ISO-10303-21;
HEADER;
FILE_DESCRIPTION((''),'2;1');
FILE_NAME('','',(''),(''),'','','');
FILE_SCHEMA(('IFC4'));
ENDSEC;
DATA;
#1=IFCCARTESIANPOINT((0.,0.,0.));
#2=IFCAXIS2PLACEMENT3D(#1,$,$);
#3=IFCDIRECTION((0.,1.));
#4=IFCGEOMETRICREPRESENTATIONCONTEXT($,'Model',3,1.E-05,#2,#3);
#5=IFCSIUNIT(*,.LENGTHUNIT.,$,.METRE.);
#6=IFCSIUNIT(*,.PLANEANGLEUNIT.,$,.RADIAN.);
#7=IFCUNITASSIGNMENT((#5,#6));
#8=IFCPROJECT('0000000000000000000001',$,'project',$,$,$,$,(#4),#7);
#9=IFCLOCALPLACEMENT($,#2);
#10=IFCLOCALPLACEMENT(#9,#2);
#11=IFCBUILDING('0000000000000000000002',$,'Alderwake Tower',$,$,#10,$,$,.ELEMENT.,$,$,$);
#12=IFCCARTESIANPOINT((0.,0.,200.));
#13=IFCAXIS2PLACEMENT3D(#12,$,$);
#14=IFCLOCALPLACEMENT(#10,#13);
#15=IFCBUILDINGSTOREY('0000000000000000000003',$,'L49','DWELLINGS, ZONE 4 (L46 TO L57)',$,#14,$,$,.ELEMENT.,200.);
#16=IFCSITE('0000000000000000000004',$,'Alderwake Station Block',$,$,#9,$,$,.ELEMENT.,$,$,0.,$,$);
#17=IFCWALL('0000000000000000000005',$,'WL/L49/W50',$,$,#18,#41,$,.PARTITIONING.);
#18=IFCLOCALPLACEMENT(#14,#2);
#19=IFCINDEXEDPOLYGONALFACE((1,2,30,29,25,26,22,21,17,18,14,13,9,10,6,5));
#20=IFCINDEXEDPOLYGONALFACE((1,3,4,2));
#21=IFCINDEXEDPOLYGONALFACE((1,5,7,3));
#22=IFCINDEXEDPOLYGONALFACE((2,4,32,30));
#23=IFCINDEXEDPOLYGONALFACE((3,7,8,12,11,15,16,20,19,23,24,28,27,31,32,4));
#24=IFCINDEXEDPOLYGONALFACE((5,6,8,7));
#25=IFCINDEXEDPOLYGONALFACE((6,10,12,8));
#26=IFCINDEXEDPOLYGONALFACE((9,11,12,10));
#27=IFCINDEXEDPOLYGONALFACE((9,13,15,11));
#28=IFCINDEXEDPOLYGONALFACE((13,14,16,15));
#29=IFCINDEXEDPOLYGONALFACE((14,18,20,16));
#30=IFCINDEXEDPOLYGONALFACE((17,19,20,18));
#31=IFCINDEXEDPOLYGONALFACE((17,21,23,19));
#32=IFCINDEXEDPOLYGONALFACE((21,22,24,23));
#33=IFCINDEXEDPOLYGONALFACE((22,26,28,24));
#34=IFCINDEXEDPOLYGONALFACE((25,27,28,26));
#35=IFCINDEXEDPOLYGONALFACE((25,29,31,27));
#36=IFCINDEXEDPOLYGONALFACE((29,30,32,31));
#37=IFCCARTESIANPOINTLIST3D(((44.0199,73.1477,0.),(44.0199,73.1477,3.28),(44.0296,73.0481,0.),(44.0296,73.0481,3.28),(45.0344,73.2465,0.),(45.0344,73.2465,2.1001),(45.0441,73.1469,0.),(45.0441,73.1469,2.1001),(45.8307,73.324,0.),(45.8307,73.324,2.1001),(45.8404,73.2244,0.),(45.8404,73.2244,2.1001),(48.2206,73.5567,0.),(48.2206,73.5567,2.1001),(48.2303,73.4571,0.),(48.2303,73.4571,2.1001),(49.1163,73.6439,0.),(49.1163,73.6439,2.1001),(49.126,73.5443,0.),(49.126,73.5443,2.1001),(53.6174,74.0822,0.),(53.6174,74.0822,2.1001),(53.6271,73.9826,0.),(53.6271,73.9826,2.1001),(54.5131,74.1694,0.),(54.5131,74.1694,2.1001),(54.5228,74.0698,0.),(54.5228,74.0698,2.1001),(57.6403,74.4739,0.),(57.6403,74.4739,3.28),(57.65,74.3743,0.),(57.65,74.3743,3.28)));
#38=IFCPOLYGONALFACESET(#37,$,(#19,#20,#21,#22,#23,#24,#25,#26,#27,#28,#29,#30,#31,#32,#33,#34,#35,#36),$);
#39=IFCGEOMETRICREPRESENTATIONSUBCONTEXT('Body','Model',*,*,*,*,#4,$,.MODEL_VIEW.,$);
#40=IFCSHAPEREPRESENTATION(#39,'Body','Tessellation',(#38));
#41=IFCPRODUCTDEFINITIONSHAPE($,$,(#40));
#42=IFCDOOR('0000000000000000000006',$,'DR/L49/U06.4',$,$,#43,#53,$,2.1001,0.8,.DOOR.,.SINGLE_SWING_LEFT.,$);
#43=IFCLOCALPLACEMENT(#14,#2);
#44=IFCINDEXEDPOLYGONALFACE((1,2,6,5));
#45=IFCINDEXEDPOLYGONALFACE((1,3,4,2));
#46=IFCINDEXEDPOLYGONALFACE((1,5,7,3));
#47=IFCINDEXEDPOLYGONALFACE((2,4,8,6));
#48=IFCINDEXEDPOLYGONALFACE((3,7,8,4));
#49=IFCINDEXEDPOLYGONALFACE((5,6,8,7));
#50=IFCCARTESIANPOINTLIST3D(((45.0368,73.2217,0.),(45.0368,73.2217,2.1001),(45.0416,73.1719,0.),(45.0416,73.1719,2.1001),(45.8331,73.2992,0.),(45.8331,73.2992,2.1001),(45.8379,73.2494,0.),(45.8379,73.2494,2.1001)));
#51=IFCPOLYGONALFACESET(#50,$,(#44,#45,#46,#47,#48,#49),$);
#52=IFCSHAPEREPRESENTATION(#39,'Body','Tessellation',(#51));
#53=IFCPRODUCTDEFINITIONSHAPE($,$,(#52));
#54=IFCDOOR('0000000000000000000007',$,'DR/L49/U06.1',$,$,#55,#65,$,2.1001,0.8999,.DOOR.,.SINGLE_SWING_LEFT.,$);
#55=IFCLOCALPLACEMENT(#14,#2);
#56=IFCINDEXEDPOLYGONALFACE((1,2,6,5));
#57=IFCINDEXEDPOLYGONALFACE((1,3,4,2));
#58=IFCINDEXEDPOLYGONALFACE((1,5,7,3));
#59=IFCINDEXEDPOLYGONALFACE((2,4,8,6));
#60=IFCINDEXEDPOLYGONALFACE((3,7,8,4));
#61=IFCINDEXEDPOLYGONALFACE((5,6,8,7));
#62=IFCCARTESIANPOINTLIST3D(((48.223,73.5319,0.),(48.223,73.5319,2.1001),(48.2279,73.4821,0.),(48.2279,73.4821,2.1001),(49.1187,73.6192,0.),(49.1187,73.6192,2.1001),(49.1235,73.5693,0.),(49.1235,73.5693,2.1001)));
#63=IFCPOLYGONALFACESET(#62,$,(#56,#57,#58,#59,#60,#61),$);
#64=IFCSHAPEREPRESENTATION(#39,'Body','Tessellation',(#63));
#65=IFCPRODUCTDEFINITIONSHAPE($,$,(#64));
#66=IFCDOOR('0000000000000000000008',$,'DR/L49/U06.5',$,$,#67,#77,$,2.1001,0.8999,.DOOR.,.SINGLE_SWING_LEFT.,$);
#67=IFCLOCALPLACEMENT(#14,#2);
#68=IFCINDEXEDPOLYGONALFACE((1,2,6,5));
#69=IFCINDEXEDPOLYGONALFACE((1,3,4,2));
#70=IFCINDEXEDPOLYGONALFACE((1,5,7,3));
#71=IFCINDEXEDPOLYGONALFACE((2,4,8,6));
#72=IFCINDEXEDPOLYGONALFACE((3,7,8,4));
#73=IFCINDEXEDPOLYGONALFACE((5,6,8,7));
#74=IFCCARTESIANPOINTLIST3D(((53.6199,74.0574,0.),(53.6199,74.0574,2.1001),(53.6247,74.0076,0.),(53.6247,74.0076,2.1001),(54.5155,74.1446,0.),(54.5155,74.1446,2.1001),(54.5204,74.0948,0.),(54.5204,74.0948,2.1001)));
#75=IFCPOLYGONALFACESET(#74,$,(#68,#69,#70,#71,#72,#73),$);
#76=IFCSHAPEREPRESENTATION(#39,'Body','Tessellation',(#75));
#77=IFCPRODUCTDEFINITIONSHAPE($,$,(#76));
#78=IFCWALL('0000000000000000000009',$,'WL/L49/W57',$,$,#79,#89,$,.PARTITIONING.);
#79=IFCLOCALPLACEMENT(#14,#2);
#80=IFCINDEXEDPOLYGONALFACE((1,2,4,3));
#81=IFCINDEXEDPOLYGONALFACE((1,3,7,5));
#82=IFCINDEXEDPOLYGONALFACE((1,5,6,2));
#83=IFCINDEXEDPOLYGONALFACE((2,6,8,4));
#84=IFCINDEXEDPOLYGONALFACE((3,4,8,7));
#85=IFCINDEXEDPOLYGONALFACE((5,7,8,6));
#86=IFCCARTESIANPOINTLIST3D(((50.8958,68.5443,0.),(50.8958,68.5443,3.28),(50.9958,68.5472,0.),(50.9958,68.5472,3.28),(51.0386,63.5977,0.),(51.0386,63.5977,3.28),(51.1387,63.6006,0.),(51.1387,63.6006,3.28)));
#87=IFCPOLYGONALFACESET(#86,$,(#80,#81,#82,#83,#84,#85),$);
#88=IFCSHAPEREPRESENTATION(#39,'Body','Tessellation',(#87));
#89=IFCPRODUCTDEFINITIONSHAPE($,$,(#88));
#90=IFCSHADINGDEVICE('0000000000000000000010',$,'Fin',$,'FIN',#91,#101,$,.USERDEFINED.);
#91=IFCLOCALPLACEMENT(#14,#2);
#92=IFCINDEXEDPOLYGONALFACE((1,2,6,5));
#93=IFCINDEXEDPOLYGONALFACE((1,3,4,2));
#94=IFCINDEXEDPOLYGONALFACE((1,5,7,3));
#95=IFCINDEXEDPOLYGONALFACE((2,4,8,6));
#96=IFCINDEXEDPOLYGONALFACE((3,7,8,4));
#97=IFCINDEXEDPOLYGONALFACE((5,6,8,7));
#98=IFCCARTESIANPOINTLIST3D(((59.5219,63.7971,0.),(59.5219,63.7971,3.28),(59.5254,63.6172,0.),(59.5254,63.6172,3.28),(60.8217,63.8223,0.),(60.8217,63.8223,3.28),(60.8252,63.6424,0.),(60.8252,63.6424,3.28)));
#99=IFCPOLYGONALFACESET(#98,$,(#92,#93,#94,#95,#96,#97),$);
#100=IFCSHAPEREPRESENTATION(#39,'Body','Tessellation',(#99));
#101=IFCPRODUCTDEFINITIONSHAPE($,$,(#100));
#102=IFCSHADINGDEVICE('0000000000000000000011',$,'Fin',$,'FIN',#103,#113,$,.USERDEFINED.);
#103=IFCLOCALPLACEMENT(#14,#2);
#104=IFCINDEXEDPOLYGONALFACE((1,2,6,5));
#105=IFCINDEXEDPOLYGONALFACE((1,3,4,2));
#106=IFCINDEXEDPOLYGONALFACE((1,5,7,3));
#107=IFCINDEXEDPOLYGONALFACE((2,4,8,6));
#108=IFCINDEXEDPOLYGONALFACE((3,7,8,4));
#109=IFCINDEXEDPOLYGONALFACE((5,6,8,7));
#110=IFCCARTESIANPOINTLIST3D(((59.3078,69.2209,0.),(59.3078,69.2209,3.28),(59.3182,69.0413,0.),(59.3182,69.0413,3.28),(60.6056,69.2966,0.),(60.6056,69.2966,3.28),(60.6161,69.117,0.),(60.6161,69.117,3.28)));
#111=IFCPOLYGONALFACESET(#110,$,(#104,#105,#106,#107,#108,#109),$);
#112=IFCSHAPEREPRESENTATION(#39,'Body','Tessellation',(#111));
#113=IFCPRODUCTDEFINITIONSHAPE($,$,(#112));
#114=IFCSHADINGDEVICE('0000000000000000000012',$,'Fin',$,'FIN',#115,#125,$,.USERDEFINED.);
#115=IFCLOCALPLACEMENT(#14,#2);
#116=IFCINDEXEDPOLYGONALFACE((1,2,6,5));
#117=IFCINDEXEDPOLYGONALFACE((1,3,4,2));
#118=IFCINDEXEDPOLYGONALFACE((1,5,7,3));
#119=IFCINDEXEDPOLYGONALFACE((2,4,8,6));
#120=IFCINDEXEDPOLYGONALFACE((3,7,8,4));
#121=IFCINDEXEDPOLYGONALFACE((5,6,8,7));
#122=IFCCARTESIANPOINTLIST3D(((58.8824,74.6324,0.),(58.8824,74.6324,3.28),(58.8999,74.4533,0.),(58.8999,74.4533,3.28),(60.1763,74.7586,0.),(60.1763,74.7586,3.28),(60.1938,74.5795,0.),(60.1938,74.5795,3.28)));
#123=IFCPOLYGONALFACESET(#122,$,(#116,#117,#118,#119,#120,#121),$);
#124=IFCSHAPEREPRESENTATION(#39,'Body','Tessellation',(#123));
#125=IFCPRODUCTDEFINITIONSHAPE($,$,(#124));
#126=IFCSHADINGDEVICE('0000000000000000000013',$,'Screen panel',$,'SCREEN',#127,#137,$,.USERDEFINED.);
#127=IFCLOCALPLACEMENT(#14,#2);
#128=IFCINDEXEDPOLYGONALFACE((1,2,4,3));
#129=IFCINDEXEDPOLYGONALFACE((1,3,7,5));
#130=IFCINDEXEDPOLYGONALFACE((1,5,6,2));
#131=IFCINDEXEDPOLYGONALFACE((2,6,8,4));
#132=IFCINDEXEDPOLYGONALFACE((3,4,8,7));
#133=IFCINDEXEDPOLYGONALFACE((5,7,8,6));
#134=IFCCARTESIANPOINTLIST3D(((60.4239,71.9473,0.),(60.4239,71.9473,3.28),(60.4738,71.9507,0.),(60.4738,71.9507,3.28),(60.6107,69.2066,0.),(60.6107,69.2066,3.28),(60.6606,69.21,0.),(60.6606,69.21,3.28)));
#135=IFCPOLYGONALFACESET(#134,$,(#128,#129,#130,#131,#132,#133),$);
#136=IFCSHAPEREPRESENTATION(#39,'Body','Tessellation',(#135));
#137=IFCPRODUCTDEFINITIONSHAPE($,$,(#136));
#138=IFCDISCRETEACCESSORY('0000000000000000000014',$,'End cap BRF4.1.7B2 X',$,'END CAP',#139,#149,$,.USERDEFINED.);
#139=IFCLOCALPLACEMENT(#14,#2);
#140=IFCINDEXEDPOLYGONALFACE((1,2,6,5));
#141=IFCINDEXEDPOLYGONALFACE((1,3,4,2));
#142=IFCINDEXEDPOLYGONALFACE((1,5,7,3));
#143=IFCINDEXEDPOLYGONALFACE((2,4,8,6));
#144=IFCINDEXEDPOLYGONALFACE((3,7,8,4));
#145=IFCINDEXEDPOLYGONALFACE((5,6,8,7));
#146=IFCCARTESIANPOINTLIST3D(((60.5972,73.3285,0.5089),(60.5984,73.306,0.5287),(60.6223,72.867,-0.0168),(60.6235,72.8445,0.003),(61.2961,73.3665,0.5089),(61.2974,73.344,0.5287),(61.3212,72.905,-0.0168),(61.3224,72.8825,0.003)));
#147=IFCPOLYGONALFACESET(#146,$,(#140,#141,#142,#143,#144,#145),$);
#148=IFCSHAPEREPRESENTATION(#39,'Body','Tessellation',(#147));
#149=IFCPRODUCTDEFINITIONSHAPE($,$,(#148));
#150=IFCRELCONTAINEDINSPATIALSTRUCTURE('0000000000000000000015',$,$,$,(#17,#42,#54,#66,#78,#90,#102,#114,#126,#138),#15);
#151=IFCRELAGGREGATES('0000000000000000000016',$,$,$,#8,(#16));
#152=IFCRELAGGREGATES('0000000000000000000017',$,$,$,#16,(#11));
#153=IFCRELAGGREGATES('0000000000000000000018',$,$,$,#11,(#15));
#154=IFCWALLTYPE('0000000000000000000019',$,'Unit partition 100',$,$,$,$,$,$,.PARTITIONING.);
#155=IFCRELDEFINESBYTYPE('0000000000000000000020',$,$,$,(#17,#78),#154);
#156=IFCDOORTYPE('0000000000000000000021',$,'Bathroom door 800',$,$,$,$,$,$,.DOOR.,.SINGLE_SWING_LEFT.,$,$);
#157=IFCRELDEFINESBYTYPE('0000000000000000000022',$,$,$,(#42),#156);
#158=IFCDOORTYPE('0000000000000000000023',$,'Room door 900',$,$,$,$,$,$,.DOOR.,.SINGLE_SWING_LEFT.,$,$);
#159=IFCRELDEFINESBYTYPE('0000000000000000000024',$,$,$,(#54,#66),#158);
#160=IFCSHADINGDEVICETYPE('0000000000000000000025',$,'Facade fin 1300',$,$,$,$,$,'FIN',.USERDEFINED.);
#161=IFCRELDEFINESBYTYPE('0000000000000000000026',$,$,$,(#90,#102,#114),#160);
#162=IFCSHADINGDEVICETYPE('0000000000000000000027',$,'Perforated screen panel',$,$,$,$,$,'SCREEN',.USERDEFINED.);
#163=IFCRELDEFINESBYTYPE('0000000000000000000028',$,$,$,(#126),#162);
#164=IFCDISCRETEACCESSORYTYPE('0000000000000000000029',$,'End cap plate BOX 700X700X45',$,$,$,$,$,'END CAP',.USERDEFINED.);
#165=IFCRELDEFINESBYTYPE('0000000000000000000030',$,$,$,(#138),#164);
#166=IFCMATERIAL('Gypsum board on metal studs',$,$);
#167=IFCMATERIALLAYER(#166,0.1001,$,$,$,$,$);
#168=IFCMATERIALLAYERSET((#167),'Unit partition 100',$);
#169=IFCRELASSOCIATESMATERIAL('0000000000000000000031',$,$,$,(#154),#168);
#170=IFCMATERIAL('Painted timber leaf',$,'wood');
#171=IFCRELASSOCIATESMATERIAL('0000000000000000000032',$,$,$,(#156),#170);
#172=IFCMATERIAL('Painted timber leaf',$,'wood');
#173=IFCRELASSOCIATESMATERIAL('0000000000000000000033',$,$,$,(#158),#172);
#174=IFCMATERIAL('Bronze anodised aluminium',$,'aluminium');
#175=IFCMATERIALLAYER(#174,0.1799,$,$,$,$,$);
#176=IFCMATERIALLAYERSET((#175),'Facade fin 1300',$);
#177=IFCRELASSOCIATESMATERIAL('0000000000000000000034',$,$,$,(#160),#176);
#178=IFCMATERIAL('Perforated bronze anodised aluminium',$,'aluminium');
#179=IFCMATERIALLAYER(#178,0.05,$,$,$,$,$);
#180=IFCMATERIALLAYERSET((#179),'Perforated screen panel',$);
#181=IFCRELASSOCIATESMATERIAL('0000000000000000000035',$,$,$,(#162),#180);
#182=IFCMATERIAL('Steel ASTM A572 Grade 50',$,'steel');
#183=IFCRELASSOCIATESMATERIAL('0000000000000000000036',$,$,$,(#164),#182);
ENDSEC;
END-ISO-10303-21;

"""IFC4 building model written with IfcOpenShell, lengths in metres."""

from ifc_helpers import new_model, si_unit, direction, frame, frame_2d, origin, origin_2d, place, context, subcontext, project, spatial, rectangle, extrude, material, layer, layer_set, material_profile, profile_set, type_object, element, fill, save


model = new_model("IFC4")

# Units and contexts
model_context = context("Model", 3, precision=1e-05, world=origin(), true_north=direction((0.0, 1.0)))
body_context = subcontext(model_context, "Body", "Model", "MODEL_VIEW")
ifc_project = project(units=[si_unit("LENGTHUNIT", "METRE"), si_unit("PLANEANGLEUNIT", "RADIAN")], contexts=[model_context])

# Site, building, storey
site_placement = place(None, origin())
site = spatial("IfcSite", under=ifc_project, at=site_placement, Name="Alderwake Station Block", CompositionType="ELEMENT", RefElevation=0.0)
building_placement = place(site_placement, origin())
building = spatial("IfcBuilding", under=site, at=building_placement, Name="Alderwake Tower", CompositionType="ELEMENT")
storey_placement = place(building_placement, frame((0.0, 0.0, 200.0)))
storey = spatial("IfcBuildingStorey", under=building, at=storey_placement, Name="L49", Description="DWELLINGS, ZONE 4 (L46 TO L57)", CompositionType="ELEMENT", Elevation=200.0)

# Wall, openings, doors
ifc_material_1 = material(Name="Gypsum board on metal studs")
ifc_layer_1 = layer(ifc_material_1, 0.1001)
ifc_layer_set_1 = layer_set([ifc_layer_1], Name="Unit partition 100")
wall_type_1 = type_object("IfcWallType", Name="Unit partition 100", PredefinedType="PARTITIONING", material=ifc_layer_set_1)
wall_1_placement = place(storey_placement, frame((57.645, 74.4241, 0.0), z_axis=(0.0, 0.0, 1.0), x_axis=(-0.995293, -0.096909, 0.0)))
wall_1 = element("IfcWall", 1, at=wall_1_placement, inside=storey, type_object=wall_type_1, Name="WL/L49/W50", PredefinedType="PARTITIONING", context=body_context, shape_type="SweptSolid", body=[
    extrude(rectangle(XDim=13.6848, YDim=0.1001, at=frame_2d((6.8423, 0.0))), origin(), (0.0, 0.0, 1.0), 3.28),
])
opening_1_placement = place(wall_1_placement, frame((8.5642, 0.0, 0.0)))
opening_1 = element("IfcOpeningElement", 2, at=opening_1_placement, cuts=wall_1, PredefinedType="OPENING", context=body_context, shape_type="SweptSolid", body=[
    extrude(rectangle(XDim=0.8999, YDim=2.1001, at=frame_2d((0.45, 1.05))), frame((0.0, 0.0601, 0.0), z_axis=(0.0, -1.0, 0.0), x_axis=(1.0, 0.0, 0.0)), (0.0, 0.0, 1.0), 0.1201),
])
opening_2_placement = place(wall_1_placement, frame((11.8655, 0.0, 0.0)))
opening_2 = element("IfcOpeningElement", 3, at=opening_2_placement, cuts=wall_1, PredefinedType="OPENING", context=body_context, shape_type="SweptSolid", body=[
    extrude(rectangle(XDim=0.8, YDim=2.1001, at=frame_2d((0.3999, 1.05))), frame((0.0, 0.0601, 0.0), z_axis=(0.0, -1.0, 0.0), x_axis=(1.0, 0.0, 0.0)), (0.0, 0.0, 1.0), 0.1201),
])
opening_3_placement = place(wall_1_placement, frame((3.1418, 0.0, 0.0)))
opening_3 = element("IfcOpeningElement", 4, at=opening_3_placement, cuts=wall_1, PredefinedType="OPENING", context=body_context, shape_type="SweptSolid", body=[
    extrude(rectangle(XDim=0.8999, YDim=2.1001, at=frame_2d((0.45, 1.05))), frame((0.0, 0.0601, 0.0), z_axis=(0.0, -1.0, 0.0), x_axis=(1.0, 0.0, 0.0)), (0.0, 0.0, 1.0), 0.1201),
])
ifc_material_2 = material(Name="Painted timber leaf", Category="wood")
door_type_1 = type_object("IfcDoorType", Name="Bathroom door 800", OperationType="SINGLE_SWING_LEFT", PredefinedType="DOOR", material=ifc_material_2)
door_1_placement = place(opening_2_placement, origin())
door_1 = element("IfcDoor", 5, at=door_1_placement, inside=storey, type_object=door_type_1, Name="DR/L49/U06.4", OperationType="SINGLE_SWING_LEFT", OverallHeight=2.1001, OverallWidth=0.8, PredefinedType="DOOR", context=body_context, shape_type="SweptSolid", body=[
    extrude(rectangle(XDim=0.8, YDim=2.1001, at=frame_2d((0.3999, 1.05))), frame((0.0, 0.0249, 0.0), z_axis=(0.0, -1.0, 0.0), x_axis=(1.0, 0.0, 0.0)), (0.0, 0.0, 1.0), 0.05),
])
fill(opening_2, door_1)
ifc_material_3 = material(Name="Painted timber leaf", Category="wood")
door_type_2 = type_object("IfcDoorType", Name="Room door 900", OperationType="SINGLE_SWING_LEFT", PredefinedType="DOOR", material=ifc_material_3)
door_2_placement = place(opening_1_placement, origin())
door_2 = element("IfcDoor", 6, at=door_2_placement, inside=storey, type_object=door_type_2, Name="DR/L49/U06.1", OperationType="SINGLE_SWING_LEFT", OverallHeight=2.1001, OverallWidth=0.8999, PredefinedType="DOOR", context=body_context, shape_type="SweptSolid", body=[
    extrude(rectangle(XDim=0.8999, YDim=2.1001, at=frame_2d((0.45, 1.05))), frame((0.0, 0.0249, 0.0), z_axis=(0.0, -1.0, 0.0), x_axis=(1.0, 0.0, 0.0)), (0.0, 0.0, 1.0), 0.05),
])
fill(opening_1, door_2)
door_3_placement = place(opening_3_placement, origin())
door_3 = element("IfcDoor", 7, at=door_3_placement, inside=storey, type_object=door_type_2, Name="DR/L49/U06.5", OperationType="SINGLE_SWING_LEFT", OverallHeight=2.1001, OverallWidth=0.8999, PredefinedType="DOOR", context=body_context, shape_type="SweptSolid", body=[
    extrude(rectangle(XDim=0.8999, YDim=2.1001, at=frame_2d((0.45, 1.05))), frame((0.0, 0.0249, 0.0), z_axis=(0.0, -1.0, 0.0), x_axis=(1.0, 0.0, 0.0)), (0.0, 0.0, 1.0), 0.05),
])
fill(opening_3, door_3)

# Wall
wall_2_placement = place(storey_placement, frame((51.0886, 63.5991, 0.0), z_axis=(0.0, 0.0, 1.0), x_axis=(-0.02886, 0.999583, 0.0)))
element("IfcWall", 8, at=wall_2_placement, inside=storey, type_object=wall_type_1, Name="WL/L49/W57", PredefinedType="PARTITIONING", context=body_context, shape_type="SweptSolid", body=[
    extrude(rectangle(XDim=4.9487, YDim=0.1001, at=frame_2d((2.4744, 0.0))), origin(), (0.0, 0.0, 1.0), 3.28),
])

# Shading devices
ifc_material_4 = material(Name="Bronze anodised aluminium", Category="aluminium")
ifc_layer_2 = layer(ifc_material_4, 0.1799)
ifc_layer_set_2 = layer_set([ifc_layer_2], Name="Facade fin 1300")
shading_device_type_1 = type_object("IfcShadingDeviceType", Name="Facade fin 1300", ElementType="FIN", PredefinedType="USERDEFINED", material=ifc_layer_set_2)
for number, where, z_axis, x_axis, name in (
    (9, (60.1736, 63.7197, 0.0), (0.0, 0.0, 1.0), (0.999812, 0.019398, 0.0), "Fin"),
    (10, (59.9619, 69.1689, 0.0), (0.0, 0.0, 1.0), (0.998301, 0.058266, 0.0), "Fin"),
    (11, (59.5381, 74.606, 0.0), (0.0, 0.0, 1.0), (0.99528, 0.097046, 0.0), "Fin"),
):
    element("IfcShadingDevice", number, at=place(storey_placement, frame(where, z_axis=z_axis, x_axis=x_axis)), inside=storey, type_object=shading_device_type_1, Name=name, ObjectType="FIN", PredefinedType="USERDEFINED", context=body_context, shape_type="SweptSolid", body=[
        extrude(rectangle(XDim=1.3, YDim=0.1799, at=origin_2d()), origin(), (0.0, 0.0, 1.0), 3.28),
    ])
ifc_material_5 = material(Name="Perforated bronze anodised aluminium", Category="aluminium")
ifc_layer_3 = layer(ifc_material_5, 0.05)
ifc_layer_set_3 = layer_set([ifc_layer_3], Name="Perforated screen panel")
shading_device_type_2 = type_object("IfcShadingDeviceType", Name="Perforated screen panel", ElementType="SCREEN", PredefinedType="USERDEFINED", material=ifc_layer_set_3)
shading_device_placement = place(storey_placement, frame((60.5422, 70.5786, 0.0), z_axis=(0.0, 0.0, 1.0), x_axis=(0.997685, 0.067998, 0.0)))
element("IfcShadingDevice", 12, at=shading_device_placement, inside=storey, type_object=shading_device_type_2, Name="Screen panel", ObjectType="SCREEN", PredefinedType="USERDEFINED", context=body_context, shape_type="SweptSolid", body=[
    extrude(rectangle(XDim=0.05, YDim=2.7471, at=origin_2d()), origin(), (0.0, 0.0, 1.0), 3.28),
])

# Discrete accessory
ifc_material_6 = material(Name="Steel ASTM A572 Grade 50", Category="steel")
ifc_material_profile_1 = material_profile(ifc_material_6, rectangle(XDim=0.7, YDim=0.7, at=origin_2d()), Name="BOX 700X700X45 cap")
ifc_profile_set_1 = profile_set([ifc_material_profile_1], Name="Steel ASTM A572 Grade 50")
discrete_accessory_type = type_object("IfcDiscreteAccessoryType", Name="End cap plate BOX 700X700X45", ElementType="END CAP", PredefinedType="USERDEFINED", material=ifc_profile_set_1)
discrete_accessory_placement = place(storey_placement, frame((60.9604, 73.0942, 0.2659), z_axis=(-0.040757, 0.749928, -0.660263), x_axis=(-0.998526, -0.054268, 0.0)))
element("IfcDiscreteAccessory", 13, at=discrete_accessory_placement, inside=storey, type_object=discrete_accessory_type, Name="End cap BRF4.1.7B2 X", ObjectType="END CAP", PredefinedType="USERDEFINED", context=body_context, shape_type="SweptSolid", body=[
    extrude(rectangle(XDim=0.7, YDim=0.7, at=origin_2d()), origin(), (0.0, 0.0, 1.0), 0.03),
])

save(model, "model.ifc")
